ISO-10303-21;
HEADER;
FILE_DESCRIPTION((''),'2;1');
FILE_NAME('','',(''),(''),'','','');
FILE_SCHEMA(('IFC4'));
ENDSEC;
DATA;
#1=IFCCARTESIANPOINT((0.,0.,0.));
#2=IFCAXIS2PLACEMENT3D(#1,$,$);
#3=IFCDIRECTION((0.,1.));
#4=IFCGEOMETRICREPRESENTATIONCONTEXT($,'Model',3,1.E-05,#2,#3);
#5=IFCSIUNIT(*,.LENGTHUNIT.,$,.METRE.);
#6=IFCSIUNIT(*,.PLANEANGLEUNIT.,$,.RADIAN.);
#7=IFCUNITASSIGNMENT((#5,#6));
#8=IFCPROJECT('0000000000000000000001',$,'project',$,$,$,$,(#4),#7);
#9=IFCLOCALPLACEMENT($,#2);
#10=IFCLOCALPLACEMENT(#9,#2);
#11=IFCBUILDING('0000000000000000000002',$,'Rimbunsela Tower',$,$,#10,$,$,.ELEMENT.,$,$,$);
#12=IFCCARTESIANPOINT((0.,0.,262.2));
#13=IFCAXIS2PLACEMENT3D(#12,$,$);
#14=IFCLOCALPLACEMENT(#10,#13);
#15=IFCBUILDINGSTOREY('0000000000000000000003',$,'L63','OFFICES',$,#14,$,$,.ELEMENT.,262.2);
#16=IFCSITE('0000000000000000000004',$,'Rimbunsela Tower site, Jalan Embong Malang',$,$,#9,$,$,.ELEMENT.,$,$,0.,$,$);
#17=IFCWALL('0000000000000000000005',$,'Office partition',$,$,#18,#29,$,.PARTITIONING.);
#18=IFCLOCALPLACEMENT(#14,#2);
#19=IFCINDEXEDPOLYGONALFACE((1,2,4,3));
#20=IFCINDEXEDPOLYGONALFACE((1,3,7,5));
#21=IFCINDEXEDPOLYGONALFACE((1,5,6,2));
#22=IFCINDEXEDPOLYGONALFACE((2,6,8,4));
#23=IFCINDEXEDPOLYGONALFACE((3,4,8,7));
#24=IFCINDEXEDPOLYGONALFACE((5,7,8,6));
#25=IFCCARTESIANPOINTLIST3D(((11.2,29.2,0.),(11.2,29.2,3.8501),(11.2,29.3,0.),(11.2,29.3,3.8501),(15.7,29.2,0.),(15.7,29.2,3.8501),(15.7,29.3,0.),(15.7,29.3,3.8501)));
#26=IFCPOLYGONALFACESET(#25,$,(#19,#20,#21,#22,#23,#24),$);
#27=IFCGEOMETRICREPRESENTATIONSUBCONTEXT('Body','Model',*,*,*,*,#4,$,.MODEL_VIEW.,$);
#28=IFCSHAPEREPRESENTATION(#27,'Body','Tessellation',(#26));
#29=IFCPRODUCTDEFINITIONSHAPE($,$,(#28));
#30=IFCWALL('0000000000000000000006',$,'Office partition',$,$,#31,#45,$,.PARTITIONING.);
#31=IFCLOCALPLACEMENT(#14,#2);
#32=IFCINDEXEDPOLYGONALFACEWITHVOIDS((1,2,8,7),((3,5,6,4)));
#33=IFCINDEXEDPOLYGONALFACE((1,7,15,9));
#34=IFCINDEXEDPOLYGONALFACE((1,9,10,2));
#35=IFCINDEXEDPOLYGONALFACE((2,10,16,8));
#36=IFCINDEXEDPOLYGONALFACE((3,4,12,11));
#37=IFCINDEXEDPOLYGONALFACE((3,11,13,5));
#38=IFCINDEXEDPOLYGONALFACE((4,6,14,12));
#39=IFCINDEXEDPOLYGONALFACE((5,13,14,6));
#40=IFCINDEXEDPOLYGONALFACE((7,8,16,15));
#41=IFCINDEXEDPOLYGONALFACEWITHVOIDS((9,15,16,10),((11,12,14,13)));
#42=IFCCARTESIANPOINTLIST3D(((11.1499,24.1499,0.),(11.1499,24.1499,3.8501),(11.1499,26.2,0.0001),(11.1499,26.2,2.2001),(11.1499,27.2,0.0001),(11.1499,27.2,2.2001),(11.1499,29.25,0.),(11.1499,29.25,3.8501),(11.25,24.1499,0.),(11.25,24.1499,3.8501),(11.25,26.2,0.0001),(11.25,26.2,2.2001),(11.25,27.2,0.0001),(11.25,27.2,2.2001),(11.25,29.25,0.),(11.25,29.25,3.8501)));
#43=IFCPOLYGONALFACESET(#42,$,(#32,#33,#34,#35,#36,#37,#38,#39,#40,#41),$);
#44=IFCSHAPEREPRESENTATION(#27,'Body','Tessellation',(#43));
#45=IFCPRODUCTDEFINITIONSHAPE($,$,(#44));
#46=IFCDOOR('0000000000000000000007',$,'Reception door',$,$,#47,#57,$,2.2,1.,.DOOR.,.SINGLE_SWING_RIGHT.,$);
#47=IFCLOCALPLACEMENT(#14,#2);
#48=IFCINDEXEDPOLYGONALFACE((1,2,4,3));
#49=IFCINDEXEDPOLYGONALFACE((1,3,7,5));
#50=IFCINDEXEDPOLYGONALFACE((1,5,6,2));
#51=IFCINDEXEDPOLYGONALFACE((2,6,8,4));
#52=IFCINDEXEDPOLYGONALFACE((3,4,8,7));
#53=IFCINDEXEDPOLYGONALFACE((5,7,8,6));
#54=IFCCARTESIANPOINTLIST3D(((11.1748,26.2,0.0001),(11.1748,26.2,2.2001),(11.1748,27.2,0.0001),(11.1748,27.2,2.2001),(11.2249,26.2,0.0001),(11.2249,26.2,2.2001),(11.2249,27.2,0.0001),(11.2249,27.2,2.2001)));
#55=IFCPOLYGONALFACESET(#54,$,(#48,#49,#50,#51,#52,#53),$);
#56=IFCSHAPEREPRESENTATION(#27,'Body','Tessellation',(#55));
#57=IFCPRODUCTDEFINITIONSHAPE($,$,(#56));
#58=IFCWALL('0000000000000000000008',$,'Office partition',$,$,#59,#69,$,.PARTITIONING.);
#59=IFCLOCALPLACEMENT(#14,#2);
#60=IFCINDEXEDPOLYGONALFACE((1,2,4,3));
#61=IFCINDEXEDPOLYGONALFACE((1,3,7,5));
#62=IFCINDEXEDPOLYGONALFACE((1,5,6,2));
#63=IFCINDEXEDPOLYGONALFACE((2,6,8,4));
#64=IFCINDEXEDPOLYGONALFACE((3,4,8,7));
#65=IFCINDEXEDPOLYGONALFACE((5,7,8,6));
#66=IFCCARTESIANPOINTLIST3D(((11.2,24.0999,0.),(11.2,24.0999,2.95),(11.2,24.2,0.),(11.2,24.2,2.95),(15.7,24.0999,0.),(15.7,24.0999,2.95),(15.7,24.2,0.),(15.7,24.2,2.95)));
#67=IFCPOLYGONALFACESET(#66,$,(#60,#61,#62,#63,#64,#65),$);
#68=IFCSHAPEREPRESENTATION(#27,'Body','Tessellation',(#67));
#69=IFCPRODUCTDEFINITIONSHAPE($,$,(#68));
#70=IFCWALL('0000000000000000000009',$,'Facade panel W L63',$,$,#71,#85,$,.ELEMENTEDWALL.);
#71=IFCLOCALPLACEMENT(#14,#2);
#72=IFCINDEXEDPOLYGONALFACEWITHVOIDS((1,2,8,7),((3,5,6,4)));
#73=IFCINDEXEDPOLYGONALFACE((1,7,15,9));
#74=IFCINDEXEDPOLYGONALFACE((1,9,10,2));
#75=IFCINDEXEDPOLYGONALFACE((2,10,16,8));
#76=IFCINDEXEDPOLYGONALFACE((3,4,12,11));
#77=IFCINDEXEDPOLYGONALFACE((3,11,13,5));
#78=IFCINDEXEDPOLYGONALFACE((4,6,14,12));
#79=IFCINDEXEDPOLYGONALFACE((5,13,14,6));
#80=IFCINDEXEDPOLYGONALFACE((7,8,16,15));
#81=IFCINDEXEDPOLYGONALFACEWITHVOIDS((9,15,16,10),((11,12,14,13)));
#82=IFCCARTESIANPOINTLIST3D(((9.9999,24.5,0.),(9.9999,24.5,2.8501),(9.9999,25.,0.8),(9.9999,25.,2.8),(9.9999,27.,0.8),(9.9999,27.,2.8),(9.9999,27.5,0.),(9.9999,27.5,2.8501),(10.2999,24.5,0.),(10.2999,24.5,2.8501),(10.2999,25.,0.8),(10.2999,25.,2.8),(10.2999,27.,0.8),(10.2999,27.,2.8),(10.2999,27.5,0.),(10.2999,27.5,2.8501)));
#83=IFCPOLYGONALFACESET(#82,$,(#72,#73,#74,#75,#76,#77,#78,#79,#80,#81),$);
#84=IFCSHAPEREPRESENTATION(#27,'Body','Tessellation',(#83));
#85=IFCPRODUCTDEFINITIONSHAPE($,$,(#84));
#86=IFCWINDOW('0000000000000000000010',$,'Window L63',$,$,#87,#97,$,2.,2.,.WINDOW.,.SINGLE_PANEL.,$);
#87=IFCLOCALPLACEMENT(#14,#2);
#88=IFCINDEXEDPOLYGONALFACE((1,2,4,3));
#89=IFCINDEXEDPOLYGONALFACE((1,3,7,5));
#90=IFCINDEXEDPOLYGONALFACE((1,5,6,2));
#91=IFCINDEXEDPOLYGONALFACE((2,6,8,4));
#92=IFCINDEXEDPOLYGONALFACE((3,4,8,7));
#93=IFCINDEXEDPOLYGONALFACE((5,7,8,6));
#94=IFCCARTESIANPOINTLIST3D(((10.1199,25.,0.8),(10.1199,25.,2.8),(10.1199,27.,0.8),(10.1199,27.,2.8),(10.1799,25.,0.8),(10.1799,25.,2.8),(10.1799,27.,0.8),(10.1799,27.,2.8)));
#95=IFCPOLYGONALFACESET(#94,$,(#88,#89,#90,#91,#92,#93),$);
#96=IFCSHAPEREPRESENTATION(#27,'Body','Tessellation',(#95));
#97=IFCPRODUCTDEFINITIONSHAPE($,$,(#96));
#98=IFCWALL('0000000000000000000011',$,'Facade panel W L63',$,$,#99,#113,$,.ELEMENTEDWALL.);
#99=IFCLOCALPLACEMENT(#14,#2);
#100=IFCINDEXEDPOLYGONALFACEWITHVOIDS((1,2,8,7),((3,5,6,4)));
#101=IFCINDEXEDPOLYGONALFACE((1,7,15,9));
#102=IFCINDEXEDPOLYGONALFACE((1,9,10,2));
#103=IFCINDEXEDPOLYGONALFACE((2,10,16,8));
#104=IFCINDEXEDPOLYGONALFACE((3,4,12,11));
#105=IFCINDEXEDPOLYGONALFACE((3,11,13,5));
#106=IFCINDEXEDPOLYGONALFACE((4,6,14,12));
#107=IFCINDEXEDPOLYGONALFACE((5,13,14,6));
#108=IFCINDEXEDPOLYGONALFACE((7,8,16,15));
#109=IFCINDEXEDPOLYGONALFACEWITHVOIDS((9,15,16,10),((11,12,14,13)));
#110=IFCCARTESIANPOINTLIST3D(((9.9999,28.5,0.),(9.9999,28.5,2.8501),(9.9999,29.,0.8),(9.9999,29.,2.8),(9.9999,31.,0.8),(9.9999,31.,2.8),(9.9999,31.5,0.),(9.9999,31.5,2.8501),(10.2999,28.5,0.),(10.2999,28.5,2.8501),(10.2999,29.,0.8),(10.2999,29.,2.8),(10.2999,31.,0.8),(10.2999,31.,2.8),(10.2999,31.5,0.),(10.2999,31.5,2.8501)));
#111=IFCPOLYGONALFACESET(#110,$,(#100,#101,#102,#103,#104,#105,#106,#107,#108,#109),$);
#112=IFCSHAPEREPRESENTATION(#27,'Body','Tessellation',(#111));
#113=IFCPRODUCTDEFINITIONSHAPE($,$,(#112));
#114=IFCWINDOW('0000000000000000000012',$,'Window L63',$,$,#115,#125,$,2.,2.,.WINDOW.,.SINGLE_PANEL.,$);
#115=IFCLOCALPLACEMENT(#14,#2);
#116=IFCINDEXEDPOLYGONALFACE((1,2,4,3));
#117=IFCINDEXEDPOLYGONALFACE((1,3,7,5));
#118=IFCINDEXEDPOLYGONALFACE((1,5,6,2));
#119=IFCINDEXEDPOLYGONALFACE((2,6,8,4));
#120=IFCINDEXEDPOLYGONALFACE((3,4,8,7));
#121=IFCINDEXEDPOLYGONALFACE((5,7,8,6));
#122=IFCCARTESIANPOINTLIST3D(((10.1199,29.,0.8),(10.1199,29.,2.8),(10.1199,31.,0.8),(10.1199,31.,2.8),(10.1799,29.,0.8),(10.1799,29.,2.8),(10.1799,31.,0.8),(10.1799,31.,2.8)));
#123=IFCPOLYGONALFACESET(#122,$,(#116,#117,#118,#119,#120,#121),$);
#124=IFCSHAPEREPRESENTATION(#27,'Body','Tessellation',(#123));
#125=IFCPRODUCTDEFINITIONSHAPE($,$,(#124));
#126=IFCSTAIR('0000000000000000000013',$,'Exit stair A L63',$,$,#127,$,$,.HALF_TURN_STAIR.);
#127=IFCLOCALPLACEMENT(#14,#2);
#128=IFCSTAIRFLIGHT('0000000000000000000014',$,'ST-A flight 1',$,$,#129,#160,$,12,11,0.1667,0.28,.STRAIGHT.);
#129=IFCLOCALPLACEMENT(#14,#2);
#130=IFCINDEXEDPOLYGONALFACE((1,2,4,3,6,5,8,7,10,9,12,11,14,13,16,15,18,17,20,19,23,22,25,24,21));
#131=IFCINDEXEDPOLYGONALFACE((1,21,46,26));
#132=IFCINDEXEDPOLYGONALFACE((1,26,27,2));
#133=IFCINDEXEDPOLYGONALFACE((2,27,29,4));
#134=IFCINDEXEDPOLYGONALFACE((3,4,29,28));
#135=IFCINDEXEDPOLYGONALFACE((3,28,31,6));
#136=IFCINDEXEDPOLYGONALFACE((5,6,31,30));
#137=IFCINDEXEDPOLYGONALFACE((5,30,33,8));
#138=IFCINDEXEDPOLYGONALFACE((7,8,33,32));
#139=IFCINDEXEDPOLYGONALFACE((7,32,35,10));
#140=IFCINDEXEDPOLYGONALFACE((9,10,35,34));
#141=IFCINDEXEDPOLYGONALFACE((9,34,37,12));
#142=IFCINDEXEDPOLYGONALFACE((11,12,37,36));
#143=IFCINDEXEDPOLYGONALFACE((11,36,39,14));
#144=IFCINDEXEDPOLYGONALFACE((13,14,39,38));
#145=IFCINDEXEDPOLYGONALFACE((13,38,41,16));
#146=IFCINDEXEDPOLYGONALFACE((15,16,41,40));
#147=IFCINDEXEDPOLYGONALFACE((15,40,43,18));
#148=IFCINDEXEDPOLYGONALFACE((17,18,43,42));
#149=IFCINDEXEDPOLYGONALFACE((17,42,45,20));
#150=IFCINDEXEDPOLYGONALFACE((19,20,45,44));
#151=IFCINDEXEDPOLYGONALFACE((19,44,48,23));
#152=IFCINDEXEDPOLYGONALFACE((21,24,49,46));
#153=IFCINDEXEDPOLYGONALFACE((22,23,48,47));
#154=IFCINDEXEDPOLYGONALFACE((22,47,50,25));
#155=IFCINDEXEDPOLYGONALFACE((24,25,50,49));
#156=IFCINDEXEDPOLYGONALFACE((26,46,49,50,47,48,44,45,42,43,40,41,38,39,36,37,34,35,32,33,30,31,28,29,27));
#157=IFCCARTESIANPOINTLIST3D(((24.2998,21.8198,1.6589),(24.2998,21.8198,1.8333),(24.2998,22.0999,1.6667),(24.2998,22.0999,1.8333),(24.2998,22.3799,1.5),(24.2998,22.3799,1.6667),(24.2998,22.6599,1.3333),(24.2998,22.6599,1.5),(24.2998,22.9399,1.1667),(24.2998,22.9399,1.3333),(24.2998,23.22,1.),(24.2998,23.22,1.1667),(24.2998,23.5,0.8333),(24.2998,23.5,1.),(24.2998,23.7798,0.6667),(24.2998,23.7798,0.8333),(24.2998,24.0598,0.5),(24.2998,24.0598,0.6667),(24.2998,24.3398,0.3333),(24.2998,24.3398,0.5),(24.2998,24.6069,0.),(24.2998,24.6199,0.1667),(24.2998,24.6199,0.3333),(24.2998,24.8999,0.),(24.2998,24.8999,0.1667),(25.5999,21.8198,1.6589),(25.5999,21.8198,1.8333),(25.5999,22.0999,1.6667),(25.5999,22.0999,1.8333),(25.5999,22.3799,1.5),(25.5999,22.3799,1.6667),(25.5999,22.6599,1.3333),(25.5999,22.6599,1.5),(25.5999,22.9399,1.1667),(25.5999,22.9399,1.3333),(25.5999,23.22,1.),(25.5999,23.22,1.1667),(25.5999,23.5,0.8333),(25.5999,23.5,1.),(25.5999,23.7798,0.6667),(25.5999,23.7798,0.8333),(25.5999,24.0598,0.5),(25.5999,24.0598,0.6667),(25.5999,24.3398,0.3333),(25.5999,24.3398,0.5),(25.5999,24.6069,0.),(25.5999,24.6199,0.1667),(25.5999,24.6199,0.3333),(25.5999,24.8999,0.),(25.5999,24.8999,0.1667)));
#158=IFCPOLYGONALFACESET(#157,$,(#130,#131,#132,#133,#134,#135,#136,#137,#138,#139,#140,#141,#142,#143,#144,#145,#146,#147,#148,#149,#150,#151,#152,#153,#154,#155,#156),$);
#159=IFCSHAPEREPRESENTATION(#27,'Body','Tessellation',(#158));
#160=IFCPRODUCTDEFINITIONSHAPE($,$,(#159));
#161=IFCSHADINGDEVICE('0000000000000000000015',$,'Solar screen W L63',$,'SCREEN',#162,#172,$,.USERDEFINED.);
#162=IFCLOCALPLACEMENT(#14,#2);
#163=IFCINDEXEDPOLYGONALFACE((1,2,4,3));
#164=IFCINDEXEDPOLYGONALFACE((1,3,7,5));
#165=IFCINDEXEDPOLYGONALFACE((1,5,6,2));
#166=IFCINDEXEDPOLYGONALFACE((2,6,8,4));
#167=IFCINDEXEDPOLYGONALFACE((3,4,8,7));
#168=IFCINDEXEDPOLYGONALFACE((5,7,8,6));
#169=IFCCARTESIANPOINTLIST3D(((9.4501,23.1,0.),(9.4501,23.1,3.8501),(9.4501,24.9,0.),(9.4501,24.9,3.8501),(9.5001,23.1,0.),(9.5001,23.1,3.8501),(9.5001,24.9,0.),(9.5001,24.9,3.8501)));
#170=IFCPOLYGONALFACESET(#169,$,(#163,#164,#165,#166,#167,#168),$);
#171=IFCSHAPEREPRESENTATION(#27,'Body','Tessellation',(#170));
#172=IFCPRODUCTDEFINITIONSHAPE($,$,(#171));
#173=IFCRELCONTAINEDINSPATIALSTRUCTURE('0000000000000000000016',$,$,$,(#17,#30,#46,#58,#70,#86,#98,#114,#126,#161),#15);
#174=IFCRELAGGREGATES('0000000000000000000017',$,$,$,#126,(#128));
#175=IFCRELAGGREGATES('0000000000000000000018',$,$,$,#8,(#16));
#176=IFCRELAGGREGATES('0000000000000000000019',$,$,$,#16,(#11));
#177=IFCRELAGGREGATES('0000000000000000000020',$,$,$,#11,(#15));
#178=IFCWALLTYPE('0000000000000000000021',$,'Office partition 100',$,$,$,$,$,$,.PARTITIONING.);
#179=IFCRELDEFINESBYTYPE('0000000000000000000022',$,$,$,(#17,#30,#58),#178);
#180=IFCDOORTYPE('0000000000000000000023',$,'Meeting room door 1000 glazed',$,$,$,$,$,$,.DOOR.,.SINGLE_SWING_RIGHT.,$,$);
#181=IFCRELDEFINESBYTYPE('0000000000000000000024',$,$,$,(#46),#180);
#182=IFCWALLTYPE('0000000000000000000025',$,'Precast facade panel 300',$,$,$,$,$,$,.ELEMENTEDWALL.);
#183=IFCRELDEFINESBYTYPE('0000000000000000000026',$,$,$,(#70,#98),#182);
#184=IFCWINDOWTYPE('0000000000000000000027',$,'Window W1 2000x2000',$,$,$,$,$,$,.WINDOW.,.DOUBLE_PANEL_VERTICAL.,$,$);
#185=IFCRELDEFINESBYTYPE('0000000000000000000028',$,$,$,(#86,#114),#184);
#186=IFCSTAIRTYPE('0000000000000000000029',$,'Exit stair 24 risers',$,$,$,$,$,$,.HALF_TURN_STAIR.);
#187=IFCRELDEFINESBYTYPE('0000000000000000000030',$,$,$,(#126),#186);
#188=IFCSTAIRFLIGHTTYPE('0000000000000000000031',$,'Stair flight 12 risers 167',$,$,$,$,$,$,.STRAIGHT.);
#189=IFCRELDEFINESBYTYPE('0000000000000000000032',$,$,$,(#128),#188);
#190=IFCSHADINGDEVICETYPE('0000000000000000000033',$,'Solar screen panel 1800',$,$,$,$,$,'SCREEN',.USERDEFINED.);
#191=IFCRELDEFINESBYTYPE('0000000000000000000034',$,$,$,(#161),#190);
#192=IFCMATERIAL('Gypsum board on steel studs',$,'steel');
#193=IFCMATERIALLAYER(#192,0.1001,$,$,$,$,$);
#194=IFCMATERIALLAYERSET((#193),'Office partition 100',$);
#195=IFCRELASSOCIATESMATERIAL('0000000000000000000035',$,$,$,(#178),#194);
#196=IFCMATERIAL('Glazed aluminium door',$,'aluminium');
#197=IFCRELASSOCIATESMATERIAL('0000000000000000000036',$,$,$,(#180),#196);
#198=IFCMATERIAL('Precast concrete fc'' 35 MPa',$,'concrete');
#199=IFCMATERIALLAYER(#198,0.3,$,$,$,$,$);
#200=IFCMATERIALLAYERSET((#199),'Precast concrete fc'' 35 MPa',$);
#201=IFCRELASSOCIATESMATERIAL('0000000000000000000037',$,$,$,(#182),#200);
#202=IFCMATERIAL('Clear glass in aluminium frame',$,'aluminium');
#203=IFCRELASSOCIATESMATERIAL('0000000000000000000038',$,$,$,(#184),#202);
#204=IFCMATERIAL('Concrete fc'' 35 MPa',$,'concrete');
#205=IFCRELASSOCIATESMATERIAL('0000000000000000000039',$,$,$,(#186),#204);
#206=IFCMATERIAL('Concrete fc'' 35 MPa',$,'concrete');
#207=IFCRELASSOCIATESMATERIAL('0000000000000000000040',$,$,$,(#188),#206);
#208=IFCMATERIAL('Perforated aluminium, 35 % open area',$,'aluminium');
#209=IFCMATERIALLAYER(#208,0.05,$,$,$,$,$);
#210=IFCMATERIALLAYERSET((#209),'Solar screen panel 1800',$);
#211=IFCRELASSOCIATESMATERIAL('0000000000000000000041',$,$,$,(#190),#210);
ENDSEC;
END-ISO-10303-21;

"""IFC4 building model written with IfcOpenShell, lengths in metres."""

from ifc_helpers import new_model, si_unit, direction, frame, frame_2d, origin, origin_2d, place, context, subcontext, project, spatial, polyline, rectangle, outline, extrude, material, layer, layer_set, type_object, element, fill, aggregate, save


model = new_model("IFC4")

# Units and contexts
model_context = context("Model", 3, precision=1e-05, world=origin(), true_north=direction((0.0, 1.0)))
body_context = subcontext(model_context, "Body", "Model", "MODEL_VIEW")
ifc_project = project(units=[si_unit("LENGTHUNIT", "METRE"), si_unit("PLANEANGLEUNIT", "RADIAN")], contexts=[model_context])

# Site, building, storey
site_placement = place(None, origin())
site = spatial("IfcSite", under=ifc_project, at=site_placement, Name="Rimbunsela Tower site, Jalan Embong Malang", CompositionType="ELEMENT", RefElevation=0.0)
building_placement = place(site_placement, origin())
building = spatial("IfcBuilding", under=site, at=building_placement, Name="Rimbunsela Tower", CompositionType="ELEMENT")
storey_placement = place(building_placement, frame((0.0, 0.0, 262.2)))
storey = spatial("IfcBuildingStorey", under=building, at=storey_placement, Name="L63", Description="OFFICES", CompositionType="ELEMENT", Elevation=262.2)

# Wall
ifc_material_1 = material(Name="Gypsum board on steel studs", Category="steel")
ifc_layer_1 = layer(ifc_material_1, 0.1001)
ifc_layer_set_1 = layer_set([ifc_layer_1], Name="Office partition 100")
wall_type_1 = type_object("IfcWallType", Name="Office partition 100", PredefinedType="PARTITIONING", material=ifc_layer_set_1)
wall_1_placement = place(storey_placement, frame((15.7, 29.25, 0.0), z_axis=(0.0, 0.0, 1.0), x_axis=(-1.0, 0.0, 0.0)))
element("IfcWall", 1, at=wall_1_placement, inside=storey, type_object=wall_type_1, Name="Office partition", PredefinedType="PARTITIONING", context=body_context, shape_type="SweptSolid", body=[
    extrude(rectangle(XDim=4.5, YDim=0.1001, at=frame_2d((2.25, 0.0))), origin(), (0.0, 0.0, 1.0), 3.8501),
])

# Wall, opening, door
wall_2_placement = place(storey_placement, frame((11.2, 29.25, 0.0), z_axis=(0.0, 0.0, 1.0), x_axis=(0.0, -1.0, 0.0)))
wall_2 = element("IfcWall", 2, at=wall_2_placement, inside=storey, type_object=wall_type_1, Name="Office partition", PredefinedType="PARTITIONING", context=body_context, shape_type="SweptSolid", body=[
    extrude(rectangle(XDim=5.1001, YDim=0.1001, at=frame_2d((2.55, 0.0))), origin(), (0.0, 0.0, 1.0), 3.8501),
])
opening_1_placement = place(wall_2_placement, frame((2.05, 0.0, 0.0)))
opening_1 = element("IfcOpeningElement", 3, at=opening_1_placement, cuts=wall_2, PredefinedType="OPENING", context=body_context, shape_type="SweptSolid", body=[
    extrude(rectangle(XDim=1.0, YDim=2.2, at=frame_2d((0.5, 1.1001))), frame((0.0, 0.0601, 0.0), z_axis=(0.0, -1.0, 0.0), x_axis=(1.0, 0.0, 0.0)), (0.0, 0.0, 1.0), 0.1201),
])
ifc_material_2 = material(Name="Glazed aluminium door", Category="aluminium")
door_type_1 = type_object("IfcDoorType", Name="Meeting room door 1000 glazed", OperationType="SINGLE_SWING_RIGHT", PredefinedType="DOOR", material=ifc_material_2)
door_1_placement = place(opening_1_placement, origin())
door_1 = element("IfcDoor", 4, at=door_1_placement, inside=storey, type_object=door_type_1, Name="Reception door", OperationType="SINGLE_SWING_RIGHT", OverallHeight=2.2, OverallWidth=1.0, PredefinedType="DOOR", context=body_context, shape_type="SweptSolid", body=[
    extrude(rectangle(XDim=1.0, YDim=2.2, at=frame_2d((0.5, 1.1001))), frame((0.0, 0.0249, 0.0), z_axis=(0.0, -1.0, 0.0), x_axis=(1.0, 0.0, 0.0)), (0.0, 0.0, 1.0), 0.05),
])
fill(opening_1, door_1)

# Wall
wall_3_placement = place(storey_placement, frame((11.2, 24.1499, 0.0), z_axis=(0.0, 0.0, 1.0), x_axis=(1.0, 0.0, 0.0)))
element("IfcWall", 5, at=wall_3_placement, inside=storey, type_object=wall_type_1, Name="Office partition", PredefinedType="PARTITIONING", context=body_context, shape_type="SweptSolid", body=[
    extrude(rectangle(XDim=4.5, YDim=0.1001, at=frame_2d((2.25, 0.0))), origin(), (0.0, 0.0, 1.0), 2.95),
])

# Walls, openings, windows
ifc_material_3 = material(Name="Precast concrete fc' 35 MPa", Category="concrete")
ifc_layer_2 = layer(ifc_material_3, 0.3)
ifc_layer_set_2 = layer_set([ifc_layer_2], Name="Precast concrete fc' 35 MPa")
wall_type_2 = type_object("IfcWallType", Name="Precast facade panel 300", PredefinedType="ELEMENTEDWALL", material=ifc_layer_set_2)
wall_4_placement = place(storey_placement, frame((10.1499, 27.5, 0.0), z_axis=(0.0, 0.0, 1.0), x_axis=(0.0, -1.0, 0.0)))
wall_4 = element("IfcWall", 6, at=wall_4_placement, inside=storey, type_object=wall_type_2, Name="Facade panel W L63", PredefinedType="ELEMENTEDWALL", context=body_context, shape_type="SweptSolid", body=[
    extrude(rectangle(XDim=3.0, YDim=0.3, at=frame_2d((1.5, 0.0))), origin(), (0.0, 0.0, 1.0), 2.8501),
])
opening_2_placement = place(wall_4_placement, frame((0.5, 0.0, 0.8)))
opening_2 = element("IfcOpeningElement", 7, at=opening_2_placement, cuts=wall_4, PredefinedType="OPENING", context=body_context, shape_type="SweptSolid", body=[
    extrude(rectangle(XDim=2.0, YDim=2.0, at=frame_2d((1.0, 1.0))), frame((0.0, 0.1599, 0.0), z_axis=(0.0, -1.0, 0.0), x_axis=(1.0, 0.0, 0.0)), (0.0, 0.0, 1.0), 0.3201),
])
ifc_material_4 = material(Name="Clear glass in aluminium frame", Category="aluminium")
window_type = type_object("IfcWindowType", Name="Window W1 2000x2000", PartitioningType="DOUBLE_PANEL_VERTICAL", PredefinedType="WINDOW", material=ifc_material_4)
window_1_placement = place(opening_2_placement, origin())
window_1 = element("IfcWindow", 8, at=window_1_placement, inside=storey, type_object=window_type, Name="Window L63", OverallHeight=2.0, OverallWidth=2.0, PartitioningType="SINGLE_PANEL", PredefinedType="WINDOW", context=body_context, shape_type="SweptSolid", body=[
    extrude(rectangle(XDim=2.0, YDim=2.0, at=frame_2d((1.0, 1.0))), frame((0.0, 0.03, 0.0), z_axis=(0.0, -1.0, 0.0), x_axis=(1.0, 0.0, 0.0)), (0.0, 0.0, 1.0), 0.0601),
])
fill(opening_2, window_1)
wall_5_placement = place(storey_placement, frame((10.1499, 31.5, 0.0), z_axis=(0.0, 0.0, 1.0), x_axis=(0.0, -1.0, 0.0)))
wall_5 = element("IfcWall", 9, at=wall_5_placement, inside=storey, type_object=wall_type_2, Name="Facade panel W L63", PredefinedType="ELEMENTEDWALL", context=body_context, shape_type="SweptSolid", body=[
    extrude(rectangle(XDim=3.0, YDim=0.3, at=frame_2d((1.5, 0.0))), origin(), (0.0, 0.0, 1.0), 2.8501),
])
opening_3_placement = place(wall_5_placement, frame((0.5, 0.0, 0.8)))
opening_3 = element("IfcOpeningElement", 10, at=opening_3_placement, cuts=wall_5, PredefinedType="OPENING", context=body_context, shape_type="SweptSolid", body=[
    extrude(rectangle(XDim=2.0, YDim=2.0, at=frame_2d((1.0, 1.0))), frame((0.0, 0.1599, 0.0), z_axis=(0.0, -1.0, 0.0), x_axis=(1.0, 0.0, 0.0)), (0.0, 0.0, 1.0), 0.3201),
])
window_2_placement = place(opening_3_placement, origin())
window_2 = element("IfcWindow", 11, at=window_2_placement, inside=storey, type_object=window_type, Name="Window L63", OverallHeight=2.0, OverallWidth=2.0, PartitioningType="SINGLE_PANEL", PredefinedType="WINDOW", context=body_context, shape_type="SweptSolid", body=[
    extrude(rectangle(XDim=2.0, YDim=2.0, at=frame_2d((1.0, 1.0))), frame((0.0, 0.03, 0.0), z_axis=(0.0, -1.0, 0.0), x_axis=(1.0, 0.0, 0.0)), (0.0, 0.0, 1.0), 0.0601),
])
fill(opening_3, window_2)

# Stair, stair flight
ifc_material_5 = material(Name="Concrete fc' 35 MPa", Category="concrete")
stair_type = type_object("IfcStairType", Name="Exit stair 24 risers", PredefinedType="HALF_TURN_STAIR", material=ifc_material_5)
stair_placement = place(storey_placement, origin())
stair = element("IfcStair", 12, at=stair_placement, inside=storey, type_object=stair_type, Name="Exit stair A L63", PredefinedType="HALF_TURN_STAIR")
ifc_material_6 = material(Name="Concrete fc' 35 MPa", Category="concrete")
stair_flight_type = type_object("IfcStairFlightType", Name="Stair flight 12 risers 167", PredefinedType="STRAIGHT", material=ifc_material_6)
stair_flight_placement = place(storey_placement, frame((24.95, 24.8999, 0.0), z_axis=(0.0, 0.0, 1.0), x_axis=(0.0, -1.0, 0.0)))
stair_flight = element("IfcStairFlight", 13, at=stair_flight_placement, type_object=stair_flight_type, Name="ST-A flight 1", NumberOfRisers=12, NumberOfTreads=11, PredefinedType="STRAIGHT", RiserHeight=0.1667, TreadLength=0.28, context=body_context, shape_type="SweptSolid", body=[
    extrude(outline(polyline([(0.0, 0.0), (0.0, 0.1667), (0.28, 0.1667), (0.28, 0.3333), (0.5601, 0.3333), (0.5601, 0.5), (0.8401, 0.5), (0.8401, 0.6667), (1.1201, 0.6667), (1.1201, 0.8333), (1.3999, 0.8333), (1.3999, 1.0), (1.6799, 1.0), (1.6799, 1.1667), (1.96, 1.1667), (1.96, 1.3333), (2.24, 1.3333), (2.24, 1.5), (2.52, 1.5), (2.52, 1.6667), (2.8, 1.6667), (2.8, 1.8333), (3.0801, 1.8333), (3.0801, 2.0), (3.0801, 1.6589), (0.293, 0.0), (0.0, 0.0)])), frame((0.0, 0.6499, 0.0), z_axis=(0.0, -1.0, 0.0), x_axis=(1.0, 0.0, 0.0)), (0.0, 0.0, 1.0), 1.3),
])
aggregate(stair, [stair_flight])

# Shading device
ifc_material_7 = material(Name="Perforated aluminium, 35 % open area", Category="aluminium")
ifc_layer_3 = layer(ifc_material_7, 0.05)
ifc_layer_set_3 = layer_set([ifc_layer_3], Name="Solar screen panel 1800")
shading_device_type = type_object("IfcShadingDeviceType", Name="Solar screen panel 1800", ElementType="SCREEN", PredefinedType="USERDEFINED", material=ifc_layer_set_3)
for number, where, z_axis, x_axis, name in (
    (14, (9.4751, 24.0, 0.0), (0.0, 0.0, 1.0), (0.0, 1.0, 0.0), "Solar screen W L63"),
):
    element("IfcShadingDevice", number, at=place(storey_placement, frame(where, z_axis=z_axis, x_axis=x_axis)), inside=storey, type_object=shading_device_type, Name=name, ObjectType="SCREEN", PredefinedType="USERDEFINED", context=body_context, shape_type="SweptSolid", body=[
        extrude(rectangle(XDim=1.8, YDim=0.05, at=origin_2d()), origin(), (0.0, 0.0, 1.0), 3.8501),
    ])

save(model, "model.ifc")
